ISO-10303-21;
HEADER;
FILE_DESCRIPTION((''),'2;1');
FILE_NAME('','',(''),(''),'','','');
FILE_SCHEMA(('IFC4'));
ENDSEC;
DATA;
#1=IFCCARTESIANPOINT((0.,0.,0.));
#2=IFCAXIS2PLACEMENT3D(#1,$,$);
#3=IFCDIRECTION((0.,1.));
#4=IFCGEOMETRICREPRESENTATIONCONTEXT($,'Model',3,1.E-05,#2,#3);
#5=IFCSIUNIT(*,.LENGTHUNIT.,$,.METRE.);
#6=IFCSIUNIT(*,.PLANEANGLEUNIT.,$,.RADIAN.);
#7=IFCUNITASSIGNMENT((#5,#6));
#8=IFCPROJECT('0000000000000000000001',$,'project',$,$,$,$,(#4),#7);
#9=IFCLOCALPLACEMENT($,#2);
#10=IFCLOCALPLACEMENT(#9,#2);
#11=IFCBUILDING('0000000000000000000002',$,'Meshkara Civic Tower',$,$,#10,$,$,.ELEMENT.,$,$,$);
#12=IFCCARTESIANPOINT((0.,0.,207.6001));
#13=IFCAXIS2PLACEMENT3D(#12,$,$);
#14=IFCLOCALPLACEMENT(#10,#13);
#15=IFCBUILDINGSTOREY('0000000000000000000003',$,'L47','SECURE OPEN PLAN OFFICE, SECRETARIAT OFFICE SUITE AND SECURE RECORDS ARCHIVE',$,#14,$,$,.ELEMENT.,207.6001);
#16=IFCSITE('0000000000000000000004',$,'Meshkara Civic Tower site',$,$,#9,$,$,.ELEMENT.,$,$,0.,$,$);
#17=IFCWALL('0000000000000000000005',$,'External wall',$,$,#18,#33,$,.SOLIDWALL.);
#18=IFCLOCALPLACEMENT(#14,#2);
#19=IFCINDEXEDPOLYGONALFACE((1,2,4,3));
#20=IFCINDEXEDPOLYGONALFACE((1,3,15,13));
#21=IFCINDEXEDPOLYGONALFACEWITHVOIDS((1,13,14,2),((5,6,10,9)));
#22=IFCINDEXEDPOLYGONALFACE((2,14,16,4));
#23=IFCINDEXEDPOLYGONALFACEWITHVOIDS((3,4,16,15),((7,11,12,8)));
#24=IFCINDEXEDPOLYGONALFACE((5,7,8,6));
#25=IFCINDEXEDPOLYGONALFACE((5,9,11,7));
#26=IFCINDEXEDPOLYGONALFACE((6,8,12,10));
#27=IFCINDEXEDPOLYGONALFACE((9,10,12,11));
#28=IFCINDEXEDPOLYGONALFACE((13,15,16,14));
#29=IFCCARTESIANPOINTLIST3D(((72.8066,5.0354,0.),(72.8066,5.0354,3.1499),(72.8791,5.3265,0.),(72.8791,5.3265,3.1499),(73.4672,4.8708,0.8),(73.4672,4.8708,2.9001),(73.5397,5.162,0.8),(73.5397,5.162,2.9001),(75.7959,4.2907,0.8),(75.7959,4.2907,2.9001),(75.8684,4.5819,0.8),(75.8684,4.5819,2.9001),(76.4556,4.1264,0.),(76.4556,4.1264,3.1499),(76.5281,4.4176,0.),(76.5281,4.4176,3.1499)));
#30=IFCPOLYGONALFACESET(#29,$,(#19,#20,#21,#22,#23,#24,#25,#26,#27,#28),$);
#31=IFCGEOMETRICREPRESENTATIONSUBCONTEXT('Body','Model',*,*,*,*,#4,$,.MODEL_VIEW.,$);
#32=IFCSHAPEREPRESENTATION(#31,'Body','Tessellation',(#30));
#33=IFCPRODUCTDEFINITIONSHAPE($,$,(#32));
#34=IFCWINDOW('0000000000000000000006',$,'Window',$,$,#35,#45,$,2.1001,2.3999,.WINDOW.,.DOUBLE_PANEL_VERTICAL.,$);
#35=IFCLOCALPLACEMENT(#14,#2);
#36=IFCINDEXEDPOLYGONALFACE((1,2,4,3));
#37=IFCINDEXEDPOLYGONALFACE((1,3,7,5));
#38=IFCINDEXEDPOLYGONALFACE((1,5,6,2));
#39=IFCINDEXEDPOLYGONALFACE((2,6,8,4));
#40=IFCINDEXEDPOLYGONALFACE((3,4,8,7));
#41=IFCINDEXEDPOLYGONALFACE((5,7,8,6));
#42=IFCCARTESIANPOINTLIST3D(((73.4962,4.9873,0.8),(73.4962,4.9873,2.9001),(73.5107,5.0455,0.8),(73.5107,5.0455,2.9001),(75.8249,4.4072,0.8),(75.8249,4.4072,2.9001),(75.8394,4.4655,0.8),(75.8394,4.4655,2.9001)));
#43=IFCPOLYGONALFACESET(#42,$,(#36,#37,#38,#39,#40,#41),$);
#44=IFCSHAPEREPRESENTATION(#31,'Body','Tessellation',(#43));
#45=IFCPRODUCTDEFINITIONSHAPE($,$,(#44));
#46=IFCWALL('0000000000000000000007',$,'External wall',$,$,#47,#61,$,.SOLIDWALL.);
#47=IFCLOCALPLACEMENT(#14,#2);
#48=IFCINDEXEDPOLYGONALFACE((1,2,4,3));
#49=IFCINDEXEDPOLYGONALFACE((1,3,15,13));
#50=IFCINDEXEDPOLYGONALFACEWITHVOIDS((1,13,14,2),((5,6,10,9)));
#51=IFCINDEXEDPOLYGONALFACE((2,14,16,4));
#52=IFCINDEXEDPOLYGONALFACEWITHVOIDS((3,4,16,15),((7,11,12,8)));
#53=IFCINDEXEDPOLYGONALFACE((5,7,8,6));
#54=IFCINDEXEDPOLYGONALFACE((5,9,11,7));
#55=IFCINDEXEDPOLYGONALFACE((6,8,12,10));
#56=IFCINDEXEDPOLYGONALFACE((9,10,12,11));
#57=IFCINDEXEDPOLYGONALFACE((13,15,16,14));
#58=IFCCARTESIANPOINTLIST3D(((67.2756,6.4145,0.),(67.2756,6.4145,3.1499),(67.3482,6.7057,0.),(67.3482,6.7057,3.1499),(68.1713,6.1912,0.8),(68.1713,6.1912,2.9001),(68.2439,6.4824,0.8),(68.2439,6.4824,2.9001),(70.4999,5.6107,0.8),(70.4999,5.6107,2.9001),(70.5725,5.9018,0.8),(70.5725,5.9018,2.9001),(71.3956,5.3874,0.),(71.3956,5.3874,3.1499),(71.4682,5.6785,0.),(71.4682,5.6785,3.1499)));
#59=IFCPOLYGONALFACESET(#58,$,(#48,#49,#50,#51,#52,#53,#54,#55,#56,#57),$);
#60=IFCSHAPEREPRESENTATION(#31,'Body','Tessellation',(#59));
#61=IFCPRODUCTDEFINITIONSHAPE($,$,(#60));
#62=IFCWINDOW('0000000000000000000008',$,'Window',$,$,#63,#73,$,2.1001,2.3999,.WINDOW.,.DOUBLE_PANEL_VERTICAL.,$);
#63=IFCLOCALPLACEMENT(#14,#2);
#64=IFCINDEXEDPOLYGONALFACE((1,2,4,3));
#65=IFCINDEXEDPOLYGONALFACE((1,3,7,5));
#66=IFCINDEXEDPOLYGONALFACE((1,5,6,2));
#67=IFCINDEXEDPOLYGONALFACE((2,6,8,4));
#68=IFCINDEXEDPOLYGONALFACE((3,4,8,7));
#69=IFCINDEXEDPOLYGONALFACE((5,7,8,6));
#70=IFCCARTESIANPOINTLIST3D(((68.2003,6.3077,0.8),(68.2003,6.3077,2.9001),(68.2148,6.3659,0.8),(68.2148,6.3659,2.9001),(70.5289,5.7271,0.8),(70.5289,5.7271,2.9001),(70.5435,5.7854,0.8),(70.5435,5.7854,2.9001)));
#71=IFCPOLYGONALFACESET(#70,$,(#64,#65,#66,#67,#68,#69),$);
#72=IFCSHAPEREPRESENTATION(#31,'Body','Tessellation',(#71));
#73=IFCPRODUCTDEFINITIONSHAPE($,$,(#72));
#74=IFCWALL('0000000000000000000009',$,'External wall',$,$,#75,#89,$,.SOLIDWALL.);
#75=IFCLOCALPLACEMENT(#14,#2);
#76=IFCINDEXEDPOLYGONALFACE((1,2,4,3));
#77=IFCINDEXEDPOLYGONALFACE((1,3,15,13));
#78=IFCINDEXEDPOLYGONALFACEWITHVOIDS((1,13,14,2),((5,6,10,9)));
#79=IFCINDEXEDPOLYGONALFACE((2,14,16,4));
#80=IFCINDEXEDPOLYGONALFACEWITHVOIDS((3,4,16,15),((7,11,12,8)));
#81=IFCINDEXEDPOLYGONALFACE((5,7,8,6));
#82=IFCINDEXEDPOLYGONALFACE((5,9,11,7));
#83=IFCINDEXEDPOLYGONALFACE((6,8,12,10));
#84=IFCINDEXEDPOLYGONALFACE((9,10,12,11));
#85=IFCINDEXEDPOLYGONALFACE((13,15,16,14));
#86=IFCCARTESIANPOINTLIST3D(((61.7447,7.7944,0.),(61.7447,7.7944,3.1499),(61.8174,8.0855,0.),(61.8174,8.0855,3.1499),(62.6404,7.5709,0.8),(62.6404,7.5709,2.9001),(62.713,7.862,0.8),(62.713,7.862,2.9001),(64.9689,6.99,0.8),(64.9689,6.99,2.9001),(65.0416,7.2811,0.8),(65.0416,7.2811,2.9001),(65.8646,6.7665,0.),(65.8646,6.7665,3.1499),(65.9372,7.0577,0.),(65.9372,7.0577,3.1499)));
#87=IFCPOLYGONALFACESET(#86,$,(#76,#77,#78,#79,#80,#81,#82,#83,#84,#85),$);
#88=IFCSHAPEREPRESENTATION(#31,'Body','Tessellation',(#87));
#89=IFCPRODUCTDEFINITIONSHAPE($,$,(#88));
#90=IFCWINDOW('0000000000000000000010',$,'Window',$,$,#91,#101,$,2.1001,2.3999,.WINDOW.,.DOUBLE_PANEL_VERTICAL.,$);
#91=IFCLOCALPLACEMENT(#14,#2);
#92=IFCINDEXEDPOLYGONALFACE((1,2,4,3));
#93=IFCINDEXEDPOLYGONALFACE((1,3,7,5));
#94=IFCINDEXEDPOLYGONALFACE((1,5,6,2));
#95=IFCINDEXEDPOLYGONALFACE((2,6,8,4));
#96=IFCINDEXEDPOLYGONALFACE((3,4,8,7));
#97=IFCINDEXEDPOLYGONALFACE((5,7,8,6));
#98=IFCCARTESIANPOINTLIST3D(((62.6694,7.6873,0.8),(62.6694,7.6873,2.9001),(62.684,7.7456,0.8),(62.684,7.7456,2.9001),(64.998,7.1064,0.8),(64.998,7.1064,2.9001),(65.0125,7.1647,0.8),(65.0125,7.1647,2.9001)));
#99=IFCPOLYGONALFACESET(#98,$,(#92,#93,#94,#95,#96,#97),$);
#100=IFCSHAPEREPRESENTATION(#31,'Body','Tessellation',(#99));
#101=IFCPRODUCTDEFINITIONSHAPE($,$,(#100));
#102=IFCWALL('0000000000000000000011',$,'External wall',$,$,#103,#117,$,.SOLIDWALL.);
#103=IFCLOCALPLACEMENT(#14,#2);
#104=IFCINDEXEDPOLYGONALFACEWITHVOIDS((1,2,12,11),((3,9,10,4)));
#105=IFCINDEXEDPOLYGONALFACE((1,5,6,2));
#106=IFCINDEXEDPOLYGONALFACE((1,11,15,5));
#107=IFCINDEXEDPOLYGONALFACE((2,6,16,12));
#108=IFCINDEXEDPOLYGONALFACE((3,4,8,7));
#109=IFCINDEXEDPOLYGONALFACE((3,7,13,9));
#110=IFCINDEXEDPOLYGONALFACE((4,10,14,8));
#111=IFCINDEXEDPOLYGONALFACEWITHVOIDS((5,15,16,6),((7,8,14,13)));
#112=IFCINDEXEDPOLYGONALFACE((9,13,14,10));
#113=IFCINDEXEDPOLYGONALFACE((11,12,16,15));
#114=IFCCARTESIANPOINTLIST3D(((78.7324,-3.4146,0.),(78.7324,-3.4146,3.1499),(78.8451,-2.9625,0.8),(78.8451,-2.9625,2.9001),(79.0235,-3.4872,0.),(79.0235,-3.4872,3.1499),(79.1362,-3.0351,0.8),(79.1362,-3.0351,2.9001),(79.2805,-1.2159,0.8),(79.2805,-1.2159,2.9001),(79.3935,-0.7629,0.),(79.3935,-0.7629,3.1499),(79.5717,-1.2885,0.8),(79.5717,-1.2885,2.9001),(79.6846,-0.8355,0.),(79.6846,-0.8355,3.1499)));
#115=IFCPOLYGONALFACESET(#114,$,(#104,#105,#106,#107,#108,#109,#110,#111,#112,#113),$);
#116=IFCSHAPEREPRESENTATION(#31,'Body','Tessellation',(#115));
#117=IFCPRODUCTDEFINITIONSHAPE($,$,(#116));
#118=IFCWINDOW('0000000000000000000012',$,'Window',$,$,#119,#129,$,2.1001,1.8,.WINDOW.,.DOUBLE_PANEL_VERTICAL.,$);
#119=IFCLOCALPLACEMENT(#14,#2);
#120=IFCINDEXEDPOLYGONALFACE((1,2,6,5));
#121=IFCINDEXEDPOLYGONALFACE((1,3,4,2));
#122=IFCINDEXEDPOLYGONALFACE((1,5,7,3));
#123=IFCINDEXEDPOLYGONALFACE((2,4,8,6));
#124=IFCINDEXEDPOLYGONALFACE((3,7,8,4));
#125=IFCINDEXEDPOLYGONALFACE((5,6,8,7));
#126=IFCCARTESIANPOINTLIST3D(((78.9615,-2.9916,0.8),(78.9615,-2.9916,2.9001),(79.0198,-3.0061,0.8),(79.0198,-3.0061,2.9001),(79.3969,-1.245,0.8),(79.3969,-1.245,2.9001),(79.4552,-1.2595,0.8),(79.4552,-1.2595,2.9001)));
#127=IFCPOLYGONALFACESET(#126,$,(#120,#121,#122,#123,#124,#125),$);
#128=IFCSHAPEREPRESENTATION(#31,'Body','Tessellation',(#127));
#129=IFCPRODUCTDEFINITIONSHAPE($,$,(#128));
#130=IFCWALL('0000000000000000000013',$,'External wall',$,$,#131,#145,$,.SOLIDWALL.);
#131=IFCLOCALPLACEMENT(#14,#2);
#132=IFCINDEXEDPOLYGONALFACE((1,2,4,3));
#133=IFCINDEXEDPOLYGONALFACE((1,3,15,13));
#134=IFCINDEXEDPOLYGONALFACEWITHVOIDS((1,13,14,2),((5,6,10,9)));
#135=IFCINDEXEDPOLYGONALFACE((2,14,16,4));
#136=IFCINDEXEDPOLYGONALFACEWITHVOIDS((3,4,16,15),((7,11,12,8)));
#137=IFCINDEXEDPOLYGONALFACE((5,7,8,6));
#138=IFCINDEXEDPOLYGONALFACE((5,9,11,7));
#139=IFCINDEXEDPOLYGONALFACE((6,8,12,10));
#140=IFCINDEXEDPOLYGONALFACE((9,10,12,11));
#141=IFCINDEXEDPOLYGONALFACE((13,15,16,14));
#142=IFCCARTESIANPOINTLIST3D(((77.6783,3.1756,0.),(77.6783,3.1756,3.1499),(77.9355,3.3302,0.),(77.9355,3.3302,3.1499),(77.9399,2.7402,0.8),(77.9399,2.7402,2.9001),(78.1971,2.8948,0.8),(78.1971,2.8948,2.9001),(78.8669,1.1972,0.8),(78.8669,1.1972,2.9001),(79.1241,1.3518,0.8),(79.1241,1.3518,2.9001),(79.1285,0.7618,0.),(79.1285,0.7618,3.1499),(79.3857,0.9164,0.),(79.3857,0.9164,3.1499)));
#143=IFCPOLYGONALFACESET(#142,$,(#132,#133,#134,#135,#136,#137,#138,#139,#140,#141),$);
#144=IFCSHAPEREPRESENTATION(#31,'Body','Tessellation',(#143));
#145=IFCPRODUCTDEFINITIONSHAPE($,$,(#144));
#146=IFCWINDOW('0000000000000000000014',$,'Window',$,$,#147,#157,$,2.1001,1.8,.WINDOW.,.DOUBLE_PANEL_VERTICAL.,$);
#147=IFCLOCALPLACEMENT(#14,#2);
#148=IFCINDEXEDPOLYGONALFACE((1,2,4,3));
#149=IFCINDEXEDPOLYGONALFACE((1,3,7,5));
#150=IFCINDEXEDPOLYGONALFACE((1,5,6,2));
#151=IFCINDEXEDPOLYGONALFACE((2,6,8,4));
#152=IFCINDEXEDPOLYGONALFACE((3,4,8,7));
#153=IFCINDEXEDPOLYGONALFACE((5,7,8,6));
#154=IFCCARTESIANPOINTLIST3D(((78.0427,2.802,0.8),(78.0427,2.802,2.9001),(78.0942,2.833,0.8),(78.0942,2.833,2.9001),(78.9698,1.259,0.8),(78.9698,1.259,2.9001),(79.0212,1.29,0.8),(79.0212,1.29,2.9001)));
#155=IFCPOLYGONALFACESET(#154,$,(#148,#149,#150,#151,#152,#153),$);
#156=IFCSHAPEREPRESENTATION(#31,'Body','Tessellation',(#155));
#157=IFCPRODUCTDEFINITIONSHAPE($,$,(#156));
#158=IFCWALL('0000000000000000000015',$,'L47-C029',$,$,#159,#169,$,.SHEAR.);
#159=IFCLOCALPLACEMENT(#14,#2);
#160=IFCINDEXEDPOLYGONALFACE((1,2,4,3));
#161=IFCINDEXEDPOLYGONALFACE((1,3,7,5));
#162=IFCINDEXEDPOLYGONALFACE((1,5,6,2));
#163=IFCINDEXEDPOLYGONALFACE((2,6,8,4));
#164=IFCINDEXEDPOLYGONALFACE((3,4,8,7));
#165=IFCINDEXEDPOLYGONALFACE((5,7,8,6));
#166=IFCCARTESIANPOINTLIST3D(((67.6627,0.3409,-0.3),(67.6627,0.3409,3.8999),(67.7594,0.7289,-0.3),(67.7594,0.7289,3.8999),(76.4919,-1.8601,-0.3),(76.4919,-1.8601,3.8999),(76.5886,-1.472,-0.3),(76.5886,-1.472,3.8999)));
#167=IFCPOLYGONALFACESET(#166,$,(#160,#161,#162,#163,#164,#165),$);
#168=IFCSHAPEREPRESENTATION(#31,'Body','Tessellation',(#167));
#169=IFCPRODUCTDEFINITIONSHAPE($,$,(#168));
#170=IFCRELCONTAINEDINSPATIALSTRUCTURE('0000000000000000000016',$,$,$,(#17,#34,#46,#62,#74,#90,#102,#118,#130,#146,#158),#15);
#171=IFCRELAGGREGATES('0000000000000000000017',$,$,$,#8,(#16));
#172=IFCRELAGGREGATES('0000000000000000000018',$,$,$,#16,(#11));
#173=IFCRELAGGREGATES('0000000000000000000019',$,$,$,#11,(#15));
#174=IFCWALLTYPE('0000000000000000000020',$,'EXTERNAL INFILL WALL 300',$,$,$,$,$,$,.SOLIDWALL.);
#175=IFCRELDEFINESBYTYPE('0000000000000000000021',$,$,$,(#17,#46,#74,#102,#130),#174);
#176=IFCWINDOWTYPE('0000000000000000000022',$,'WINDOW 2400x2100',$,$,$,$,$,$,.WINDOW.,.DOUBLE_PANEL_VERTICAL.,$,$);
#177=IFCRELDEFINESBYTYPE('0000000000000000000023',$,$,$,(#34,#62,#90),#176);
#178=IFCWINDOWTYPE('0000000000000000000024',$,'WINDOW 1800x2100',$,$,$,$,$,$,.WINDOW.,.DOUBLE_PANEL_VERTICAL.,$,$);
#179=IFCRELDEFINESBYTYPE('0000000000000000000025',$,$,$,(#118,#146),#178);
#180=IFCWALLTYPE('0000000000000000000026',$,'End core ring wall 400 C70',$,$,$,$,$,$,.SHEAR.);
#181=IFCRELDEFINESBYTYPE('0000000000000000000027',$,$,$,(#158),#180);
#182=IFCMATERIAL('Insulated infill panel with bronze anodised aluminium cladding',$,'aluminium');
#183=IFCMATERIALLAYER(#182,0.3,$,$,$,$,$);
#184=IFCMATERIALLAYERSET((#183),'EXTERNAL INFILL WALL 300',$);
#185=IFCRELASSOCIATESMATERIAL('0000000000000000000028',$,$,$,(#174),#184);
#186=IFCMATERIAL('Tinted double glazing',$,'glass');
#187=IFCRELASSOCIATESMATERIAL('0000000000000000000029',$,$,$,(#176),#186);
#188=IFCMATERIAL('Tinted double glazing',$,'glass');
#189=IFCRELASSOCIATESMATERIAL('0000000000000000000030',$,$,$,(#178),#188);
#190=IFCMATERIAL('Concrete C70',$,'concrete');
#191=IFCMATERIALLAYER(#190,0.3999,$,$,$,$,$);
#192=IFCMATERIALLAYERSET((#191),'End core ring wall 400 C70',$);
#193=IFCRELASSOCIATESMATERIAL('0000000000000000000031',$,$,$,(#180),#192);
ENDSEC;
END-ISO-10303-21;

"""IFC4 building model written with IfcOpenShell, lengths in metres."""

from ifc_helpers import new_model, si_unit, direction, frame, frame_2d, origin, place, context, subcontext, project, spatial, rectangle, extrude, material, layer, layer_set, type_object, element, fill, save


model = new_model("IFC4")

# Units and contexts
model_context = context("Model", 3, precision=1e-05, world=origin(), true_north=direction((0.0, 1.0)))
body_context = subcontext(model_context, "Body", "Model", "MODEL_VIEW")
ifc_project = project(units=[si_unit("LENGTHUNIT", "METRE"), si_unit("PLANEANGLEUNIT", "RADIAN")], contexts=[model_context])

# Site, building, storey
site_placement = place(None, origin())
site = spatial("IfcSite", under=ifc_project, at=site_placement, Name="Meshkara Civic Tower site", CompositionType="ELEMENT", RefElevation=0.0)
building_placement = place(site_placement, origin())
building = spatial("IfcBuilding", under=site, at=building_placement, Name="Meshkara Civic Tower", CompositionType="ELEMENT")
storey_placement = place(building_placement, frame((0.0, 0.0, 207.6001)))
storey = spatial("IfcBuildingStorey", under=building, at=storey_placement, Name="L47", Description="SECURE OPEN PLAN OFFICE, SECRETARIAT OFFICE SUITE AND SECURE RECORDS ARCHIVE", CompositionType="ELEMENT", Elevation=207.6001)

# Walls, openings, windows
ifc_material_1 = material(Name="Insulated infill panel with bronze anodised aluminium cladding", Category="aluminium")
ifc_layer_1 = layer(ifc_material_1, 0.3)
ifc_layer_set_1 = layer_set([ifc_layer_1], Name="EXTERNAL INFILL WALL 300")
wall_type_1 = type_object("IfcWallType", Name="EXTERNAL INFILL WALL 300", PredefinedType="SOLIDWALL", material=ifc_layer_set_1)
wall_1_placement = place(storey_placement, frame((76.4919, 4.272, 0.0), z_axis=(0.0, 0.0, 1.0), x_axis=(-0.970348, 0.241711, 0.0)))
wall_1 = element("IfcWall", 1, at=wall_1_placement, inside=storey, type_object=wall_type_1, Name="External wall", PredefinedType="SOLIDWALL", context=body_context, shape_type="SweptSolid", body=[
    extrude(rectangle(XDim=3.7605, YDim=0.3, at=frame_2d((1.8804, 0.0))), origin(), (0.0, 0.0, 1.0), 3.1499),
])
opening_1_placement = place(wall_1_placement, frame((0.6799, 0.0, 0.8)))
opening_1 = element("IfcOpeningElement", 2, at=opening_1_placement, cuts=wall_1, PredefinedType="OPENING", context=body_context, shape_type="SweptSolid", body=[
    extrude(rectangle(XDim=2.3999, YDim=2.1001, at=frame_2d((1.2, 1.05))), frame((0.0, 0.1599, 0.0), z_axis=(0.0, -1.0, 0.0), x_axis=(1.0, 0.0, 0.0)), (0.0, 0.0, 1.0), 0.3201),
])
ifc_material_2 = material(Name="Tinted double glazing", Category="glass")
window_type_1 = type_object("IfcWindowType", Name="WINDOW 2400x2100", PartitioningType="DOUBLE_PANEL_VERTICAL", PredefinedType="WINDOW", material=ifc_material_2)
window_1_placement = place(opening_1_placement, origin())
window_1 = element("IfcWindow", 3, at=window_1_placement, inside=storey, type_object=window_type_1, Name="Window", OverallHeight=2.1001, OverallWidth=2.3999, PartitioningType="DOUBLE_PANEL_VERTICAL", PredefinedType="WINDOW", context=body_context, shape_type="SweptSolid", body=[
    extrude(rectangle(XDim=2.3999, YDim=2.1001, at=frame_2d((1.2, 1.05))), frame((0.0, 0.03, 0.0), z_axis=(0.0, -1.0, 0.0), x_axis=(1.0, 0.0, 0.0)), (0.0, 0.0, 1.0), 0.0601),
])
fill(opening_1, window_1)
wall_2_placement = place(storey_placement, frame((71.4319, 5.533, 0.0), z_axis=(0.0, 0.0, 1.0), x_axis=(-0.970301, 0.2419, 0.0)))
wall_2 = element("IfcWall", 4, at=wall_2_placement, inside=storey, type_object=wall_type_1, Name="External wall", PredefinedType="SOLIDWALL", context=body_context, shape_type="SweptSolid", body=[
    extrude(rectangle(XDim=4.2461, YDim=0.3, at=frame_2d((2.123, 0.0))), origin(), (0.0, 0.0, 1.0), 3.1499),
])
opening_2_placement = place(wall_2_placement, frame((0.9231, 0.0, 0.8)))
opening_2 = element("IfcOpeningElement", 5, at=opening_2_placement, cuts=wall_2, PredefinedType="OPENING", context=body_context, shape_type="SweptSolid", body=[
    extrude(rectangle(XDim=2.3999, YDim=2.1001, at=frame_2d((1.2, 1.05))), frame((0.0, 0.1599, 0.0), z_axis=(0.0, -1.0, 0.0), x_axis=(1.0, 0.0, 0.0)), (0.0, 0.0, 1.0), 0.3201),
])
window_2_placement = place(opening_2_placement, origin())
window_2 = element("IfcWindow", 6, at=window_2_placement, inside=storey, type_object=window_type_1, Name="Window", OverallHeight=2.1001, OverallWidth=2.3999, PartitioningType="DOUBLE_PANEL_VERTICAL", PredefinedType="WINDOW", context=body_context, shape_type="SweptSolid", body=[
    extrude(rectangle(XDim=2.3999, YDim=2.1001, at=frame_2d((1.2, 1.05))), frame((0.0, 0.03, 0.0), z_axis=(0.0, -1.0, 0.0), x_axis=(1.0, 0.0, 0.0)), (0.0, 0.0, 1.0), 0.0601),
])
fill(opening_2, window_2)
wall_3_placement = place(storey_placement, frame((65.9009, 6.9121, 0.0), z_axis=(0.0, 0.0, 1.0), x_axis=(-0.970261, 0.242062, 0.0)))
wall_3 = element("IfcWall", 7, at=wall_3_placement, inside=storey, type_object=wall_type_1, Name="External wall", PredefinedType="SOLIDWALL", context=body_context, shape_type="SweptSolid", body=[
    extrude(rectangle(XDim=4.2461, YDim=0.3, at=frame_2d((2.123, 0.0))), origin(), (0.0, 0.0, 1.0), 3.1499),
])
opening_3_placement = place(wall_3_placement, frame((0.9231, 0.0, 0.8)))
opening_3 = element("IfcOpeningElement", 8, at=opening_3_placement, cuts=wall_3, PredefinedType="OPENING", context=body_context, shape_type="SweptSolid", body=[
    extrude(rectangle(XDim=2.3999, YDim=2.1001, at=frame_2d((1.2, 1.05))), frame((0.0, 0.1599, 0.0), z_axis=(0.0, -1.0, 0.0), x_axis=(1.0, 0.0, 0.0)), (0.0, 0.0, 1.0), 0.3201),
])
window_3_placement = place(opening_3_placement, origin())
window_3 = element("IfcWindow", 9, at=window_3_placement, inside=storey, type_object=window_type_1, Name="Window", OverallHeight=2.1001, OverallWidth=2.3999, PartitioningType="DOUBLE_PANEL_VERTICAL", PredefinedType="WINDOW", context=body_context, shape_type="SweptSolid", body=[
    extrude(rectangle(XDim=2.3999, YDim=2.1001, at=frame_2d((1.2, 1.05))), frame((0.0, 0.03, 0.0), z_axis=(0.0, -1.0, 0.0), x_axis=(1.0, 0.0, 0.0)), (0.0, 0.0, 1.0), 0.0601),
])
fill(opening_3, window_3)
wall_4_placement = place(storey_placement, frame((78.8779, -3.4509, 0.0), z_axis=(0.0, 0.0, 1.0), x_axis=(0.241905, 0.9703, 0.0)))
wall_4 = element("IfcWall", 10, at=wall_4_placement, inside=storey, type_object=wall_type_1, Name="External wall", PredefinedType="SOLIDWALL", context=body_context, shape_type="SweptSolid", body=[
    extrude(rectangle(XDim=2.7329, YDim=0.3, at=frame_2d((1.3665, 0.0))), origin(), (0.0, 0.0, 1.0), 3.1499),
])
opening_4_placement = place(wall_4_placement, frame((0.4661, 0.0, 0.8)))
opening_4 = element("IfcOpeningElement", 11, at=opening_4_placement, cuts=wall_4, PredefinedType="OPENING", context=body_context, shape_type="SweptSolid", body=[
    extrude(rectangle(XDim=1.8, YDim=2.1001, at=frame_2d((0.8999, 1.05))), frame((0.0, 0.1599, 0.0), z_axis=(0.0, -1.0, 0.0), x_axis=(1.0, 0.0, 0.0)), (0.0, 0.0, 1.0), 0.3201),
])
ifc_material_3 = material(Name="Tinted double glazing", Category="glass")
window_type_2 = type_object("IfcWindowType", Name="WINDOW 1800x2100", PartitioningType="DOUBLE_PANEL_VERTICAL", PredefinedType="WINDOW", material=ifc_material_3)
window_4_placement = place(opening_4_placement, origin())
window_4 = element("IfcWindow", 12, at=window_4_placement, inside=storey, type_object=window_type_2, Name="Window", OverallHeight=2.1001, OverallWidth=1.8, PartitioningType="DOUBLE_PANEL_VERTICAL", PredefinedType="WINDOW", context=body_context, shape_type="SweptSolid", body=[
    extrude(rectangle(XDim=1.8, YDim=2.1001, at=frame_2d((0.8999, 1.05))), frame((0.0, 0.03, 0.0), z_axis=(0.0, -1.0, 0.0), x_axis=(1.0, 0.0, 0.0)), (0.0, 0.0, 1.0), 0.0601),
])
fill(opening_4, window_4)
wall_5_placement = place(storey_placement, frame((79.2571, 0.8391, 0.0), z_axis=(0.0, 0.0, 1.0), x_axis=(-0.514993, 0.857194, 0.0)))
wall_5 = element("IfcWall", 13, at=wall_5_placement, inside=storey, type_object=wall_type_1, Name="External wall", PredefinedType="SOLIDWALL", context=body_context, shape_type="SweptSolid", body=[
    extrude(rectangle(XDim=2.8159, YDim=0.3, at=frame_2d((1.408, 0.0))), origin(), (0.0, 0.0, 1.0), 3.1499),
])
opening_5_placement = place(wall_5_placement, frame((0.5081, 0.0, 0.8)))
opening_5 = element("IfcOpeningElement", 14, at=opening_5_placement, cuts=wall_5, PredefinedType="OPENING", context=body_context, shape_type="SweptSolid", body=[
    extrude(rectangle(XDim=1.8, YDim=2.1001, at=frame_2d((0.8999, 1.05))), frame((0.0, 0.1599, 0.0), z_axis=(0.0, -1.0, 0.0), x_axis=(1.0, 0.0, 0.0)), (0.0, 0.0, 1.0), 0.3201),
])
window_5_placement = place(opening_5_placement, origin())
window_5 = element("IfcWindow", 15, at=window_5_placement, inside=storey, type_object=window_type_2, Name="Window", OverallHeight=2.1001, OverallWidth=1.8, PartitioningType="DOUBLE_PANEL_VERTICAL", PredefinedType="WINDOW", context=body_context, shape_type="SweptSolid", body=[
    extrude(rectangle(XDim=1.8, YDim=2.1001, at=frame_2d((0.8999, 1.05))), frame((0.0, 0.03, 0.0), z_axis=(0.0, -1.0, 0.0), x_axis=(1.0, 0.0, 0.0)), (0.0, 0.0, 1.0), 0.0601),
])
fill(opening_5, window_5)

# Wall
ifc_material_4 = material(Name="Concrete C70", Category="concrete")
ifc_layer_2 = layer(ifc_material_4, 0.3999)
ifc_layer_set_2 = layer_set([ifc_layer_2], Name="End core ring wall 400 C70")
wall_type_2 = type_object("IfcWallType", Name="End core ring wall 400 C70", PredefinedType="SHEAR", material=ifc_layer_set_2)
wall_6_placement = place(storey_placement, frame((67.7109, 0.5349, -0.3), z_axis=(0.0, 0.0, 1.0), x_axis=(0.970306, -0.241879, 0.0)))
element("IfcWall", 16, at=wall_6_placement, inside=storey, type_object=wall_type_2, Name="L47-C029", PredefinedType="SHEAR", context=body_context, shape_type="SweptSolid", body=[
    extrude(rectangle(XDim=9.0994, YDim=0.3999, at=frame_2d((4.5498, 0.0))), origin(), (0.0, 0.0, 1.0), 4.2),
])

save(model, "model.ifc")
